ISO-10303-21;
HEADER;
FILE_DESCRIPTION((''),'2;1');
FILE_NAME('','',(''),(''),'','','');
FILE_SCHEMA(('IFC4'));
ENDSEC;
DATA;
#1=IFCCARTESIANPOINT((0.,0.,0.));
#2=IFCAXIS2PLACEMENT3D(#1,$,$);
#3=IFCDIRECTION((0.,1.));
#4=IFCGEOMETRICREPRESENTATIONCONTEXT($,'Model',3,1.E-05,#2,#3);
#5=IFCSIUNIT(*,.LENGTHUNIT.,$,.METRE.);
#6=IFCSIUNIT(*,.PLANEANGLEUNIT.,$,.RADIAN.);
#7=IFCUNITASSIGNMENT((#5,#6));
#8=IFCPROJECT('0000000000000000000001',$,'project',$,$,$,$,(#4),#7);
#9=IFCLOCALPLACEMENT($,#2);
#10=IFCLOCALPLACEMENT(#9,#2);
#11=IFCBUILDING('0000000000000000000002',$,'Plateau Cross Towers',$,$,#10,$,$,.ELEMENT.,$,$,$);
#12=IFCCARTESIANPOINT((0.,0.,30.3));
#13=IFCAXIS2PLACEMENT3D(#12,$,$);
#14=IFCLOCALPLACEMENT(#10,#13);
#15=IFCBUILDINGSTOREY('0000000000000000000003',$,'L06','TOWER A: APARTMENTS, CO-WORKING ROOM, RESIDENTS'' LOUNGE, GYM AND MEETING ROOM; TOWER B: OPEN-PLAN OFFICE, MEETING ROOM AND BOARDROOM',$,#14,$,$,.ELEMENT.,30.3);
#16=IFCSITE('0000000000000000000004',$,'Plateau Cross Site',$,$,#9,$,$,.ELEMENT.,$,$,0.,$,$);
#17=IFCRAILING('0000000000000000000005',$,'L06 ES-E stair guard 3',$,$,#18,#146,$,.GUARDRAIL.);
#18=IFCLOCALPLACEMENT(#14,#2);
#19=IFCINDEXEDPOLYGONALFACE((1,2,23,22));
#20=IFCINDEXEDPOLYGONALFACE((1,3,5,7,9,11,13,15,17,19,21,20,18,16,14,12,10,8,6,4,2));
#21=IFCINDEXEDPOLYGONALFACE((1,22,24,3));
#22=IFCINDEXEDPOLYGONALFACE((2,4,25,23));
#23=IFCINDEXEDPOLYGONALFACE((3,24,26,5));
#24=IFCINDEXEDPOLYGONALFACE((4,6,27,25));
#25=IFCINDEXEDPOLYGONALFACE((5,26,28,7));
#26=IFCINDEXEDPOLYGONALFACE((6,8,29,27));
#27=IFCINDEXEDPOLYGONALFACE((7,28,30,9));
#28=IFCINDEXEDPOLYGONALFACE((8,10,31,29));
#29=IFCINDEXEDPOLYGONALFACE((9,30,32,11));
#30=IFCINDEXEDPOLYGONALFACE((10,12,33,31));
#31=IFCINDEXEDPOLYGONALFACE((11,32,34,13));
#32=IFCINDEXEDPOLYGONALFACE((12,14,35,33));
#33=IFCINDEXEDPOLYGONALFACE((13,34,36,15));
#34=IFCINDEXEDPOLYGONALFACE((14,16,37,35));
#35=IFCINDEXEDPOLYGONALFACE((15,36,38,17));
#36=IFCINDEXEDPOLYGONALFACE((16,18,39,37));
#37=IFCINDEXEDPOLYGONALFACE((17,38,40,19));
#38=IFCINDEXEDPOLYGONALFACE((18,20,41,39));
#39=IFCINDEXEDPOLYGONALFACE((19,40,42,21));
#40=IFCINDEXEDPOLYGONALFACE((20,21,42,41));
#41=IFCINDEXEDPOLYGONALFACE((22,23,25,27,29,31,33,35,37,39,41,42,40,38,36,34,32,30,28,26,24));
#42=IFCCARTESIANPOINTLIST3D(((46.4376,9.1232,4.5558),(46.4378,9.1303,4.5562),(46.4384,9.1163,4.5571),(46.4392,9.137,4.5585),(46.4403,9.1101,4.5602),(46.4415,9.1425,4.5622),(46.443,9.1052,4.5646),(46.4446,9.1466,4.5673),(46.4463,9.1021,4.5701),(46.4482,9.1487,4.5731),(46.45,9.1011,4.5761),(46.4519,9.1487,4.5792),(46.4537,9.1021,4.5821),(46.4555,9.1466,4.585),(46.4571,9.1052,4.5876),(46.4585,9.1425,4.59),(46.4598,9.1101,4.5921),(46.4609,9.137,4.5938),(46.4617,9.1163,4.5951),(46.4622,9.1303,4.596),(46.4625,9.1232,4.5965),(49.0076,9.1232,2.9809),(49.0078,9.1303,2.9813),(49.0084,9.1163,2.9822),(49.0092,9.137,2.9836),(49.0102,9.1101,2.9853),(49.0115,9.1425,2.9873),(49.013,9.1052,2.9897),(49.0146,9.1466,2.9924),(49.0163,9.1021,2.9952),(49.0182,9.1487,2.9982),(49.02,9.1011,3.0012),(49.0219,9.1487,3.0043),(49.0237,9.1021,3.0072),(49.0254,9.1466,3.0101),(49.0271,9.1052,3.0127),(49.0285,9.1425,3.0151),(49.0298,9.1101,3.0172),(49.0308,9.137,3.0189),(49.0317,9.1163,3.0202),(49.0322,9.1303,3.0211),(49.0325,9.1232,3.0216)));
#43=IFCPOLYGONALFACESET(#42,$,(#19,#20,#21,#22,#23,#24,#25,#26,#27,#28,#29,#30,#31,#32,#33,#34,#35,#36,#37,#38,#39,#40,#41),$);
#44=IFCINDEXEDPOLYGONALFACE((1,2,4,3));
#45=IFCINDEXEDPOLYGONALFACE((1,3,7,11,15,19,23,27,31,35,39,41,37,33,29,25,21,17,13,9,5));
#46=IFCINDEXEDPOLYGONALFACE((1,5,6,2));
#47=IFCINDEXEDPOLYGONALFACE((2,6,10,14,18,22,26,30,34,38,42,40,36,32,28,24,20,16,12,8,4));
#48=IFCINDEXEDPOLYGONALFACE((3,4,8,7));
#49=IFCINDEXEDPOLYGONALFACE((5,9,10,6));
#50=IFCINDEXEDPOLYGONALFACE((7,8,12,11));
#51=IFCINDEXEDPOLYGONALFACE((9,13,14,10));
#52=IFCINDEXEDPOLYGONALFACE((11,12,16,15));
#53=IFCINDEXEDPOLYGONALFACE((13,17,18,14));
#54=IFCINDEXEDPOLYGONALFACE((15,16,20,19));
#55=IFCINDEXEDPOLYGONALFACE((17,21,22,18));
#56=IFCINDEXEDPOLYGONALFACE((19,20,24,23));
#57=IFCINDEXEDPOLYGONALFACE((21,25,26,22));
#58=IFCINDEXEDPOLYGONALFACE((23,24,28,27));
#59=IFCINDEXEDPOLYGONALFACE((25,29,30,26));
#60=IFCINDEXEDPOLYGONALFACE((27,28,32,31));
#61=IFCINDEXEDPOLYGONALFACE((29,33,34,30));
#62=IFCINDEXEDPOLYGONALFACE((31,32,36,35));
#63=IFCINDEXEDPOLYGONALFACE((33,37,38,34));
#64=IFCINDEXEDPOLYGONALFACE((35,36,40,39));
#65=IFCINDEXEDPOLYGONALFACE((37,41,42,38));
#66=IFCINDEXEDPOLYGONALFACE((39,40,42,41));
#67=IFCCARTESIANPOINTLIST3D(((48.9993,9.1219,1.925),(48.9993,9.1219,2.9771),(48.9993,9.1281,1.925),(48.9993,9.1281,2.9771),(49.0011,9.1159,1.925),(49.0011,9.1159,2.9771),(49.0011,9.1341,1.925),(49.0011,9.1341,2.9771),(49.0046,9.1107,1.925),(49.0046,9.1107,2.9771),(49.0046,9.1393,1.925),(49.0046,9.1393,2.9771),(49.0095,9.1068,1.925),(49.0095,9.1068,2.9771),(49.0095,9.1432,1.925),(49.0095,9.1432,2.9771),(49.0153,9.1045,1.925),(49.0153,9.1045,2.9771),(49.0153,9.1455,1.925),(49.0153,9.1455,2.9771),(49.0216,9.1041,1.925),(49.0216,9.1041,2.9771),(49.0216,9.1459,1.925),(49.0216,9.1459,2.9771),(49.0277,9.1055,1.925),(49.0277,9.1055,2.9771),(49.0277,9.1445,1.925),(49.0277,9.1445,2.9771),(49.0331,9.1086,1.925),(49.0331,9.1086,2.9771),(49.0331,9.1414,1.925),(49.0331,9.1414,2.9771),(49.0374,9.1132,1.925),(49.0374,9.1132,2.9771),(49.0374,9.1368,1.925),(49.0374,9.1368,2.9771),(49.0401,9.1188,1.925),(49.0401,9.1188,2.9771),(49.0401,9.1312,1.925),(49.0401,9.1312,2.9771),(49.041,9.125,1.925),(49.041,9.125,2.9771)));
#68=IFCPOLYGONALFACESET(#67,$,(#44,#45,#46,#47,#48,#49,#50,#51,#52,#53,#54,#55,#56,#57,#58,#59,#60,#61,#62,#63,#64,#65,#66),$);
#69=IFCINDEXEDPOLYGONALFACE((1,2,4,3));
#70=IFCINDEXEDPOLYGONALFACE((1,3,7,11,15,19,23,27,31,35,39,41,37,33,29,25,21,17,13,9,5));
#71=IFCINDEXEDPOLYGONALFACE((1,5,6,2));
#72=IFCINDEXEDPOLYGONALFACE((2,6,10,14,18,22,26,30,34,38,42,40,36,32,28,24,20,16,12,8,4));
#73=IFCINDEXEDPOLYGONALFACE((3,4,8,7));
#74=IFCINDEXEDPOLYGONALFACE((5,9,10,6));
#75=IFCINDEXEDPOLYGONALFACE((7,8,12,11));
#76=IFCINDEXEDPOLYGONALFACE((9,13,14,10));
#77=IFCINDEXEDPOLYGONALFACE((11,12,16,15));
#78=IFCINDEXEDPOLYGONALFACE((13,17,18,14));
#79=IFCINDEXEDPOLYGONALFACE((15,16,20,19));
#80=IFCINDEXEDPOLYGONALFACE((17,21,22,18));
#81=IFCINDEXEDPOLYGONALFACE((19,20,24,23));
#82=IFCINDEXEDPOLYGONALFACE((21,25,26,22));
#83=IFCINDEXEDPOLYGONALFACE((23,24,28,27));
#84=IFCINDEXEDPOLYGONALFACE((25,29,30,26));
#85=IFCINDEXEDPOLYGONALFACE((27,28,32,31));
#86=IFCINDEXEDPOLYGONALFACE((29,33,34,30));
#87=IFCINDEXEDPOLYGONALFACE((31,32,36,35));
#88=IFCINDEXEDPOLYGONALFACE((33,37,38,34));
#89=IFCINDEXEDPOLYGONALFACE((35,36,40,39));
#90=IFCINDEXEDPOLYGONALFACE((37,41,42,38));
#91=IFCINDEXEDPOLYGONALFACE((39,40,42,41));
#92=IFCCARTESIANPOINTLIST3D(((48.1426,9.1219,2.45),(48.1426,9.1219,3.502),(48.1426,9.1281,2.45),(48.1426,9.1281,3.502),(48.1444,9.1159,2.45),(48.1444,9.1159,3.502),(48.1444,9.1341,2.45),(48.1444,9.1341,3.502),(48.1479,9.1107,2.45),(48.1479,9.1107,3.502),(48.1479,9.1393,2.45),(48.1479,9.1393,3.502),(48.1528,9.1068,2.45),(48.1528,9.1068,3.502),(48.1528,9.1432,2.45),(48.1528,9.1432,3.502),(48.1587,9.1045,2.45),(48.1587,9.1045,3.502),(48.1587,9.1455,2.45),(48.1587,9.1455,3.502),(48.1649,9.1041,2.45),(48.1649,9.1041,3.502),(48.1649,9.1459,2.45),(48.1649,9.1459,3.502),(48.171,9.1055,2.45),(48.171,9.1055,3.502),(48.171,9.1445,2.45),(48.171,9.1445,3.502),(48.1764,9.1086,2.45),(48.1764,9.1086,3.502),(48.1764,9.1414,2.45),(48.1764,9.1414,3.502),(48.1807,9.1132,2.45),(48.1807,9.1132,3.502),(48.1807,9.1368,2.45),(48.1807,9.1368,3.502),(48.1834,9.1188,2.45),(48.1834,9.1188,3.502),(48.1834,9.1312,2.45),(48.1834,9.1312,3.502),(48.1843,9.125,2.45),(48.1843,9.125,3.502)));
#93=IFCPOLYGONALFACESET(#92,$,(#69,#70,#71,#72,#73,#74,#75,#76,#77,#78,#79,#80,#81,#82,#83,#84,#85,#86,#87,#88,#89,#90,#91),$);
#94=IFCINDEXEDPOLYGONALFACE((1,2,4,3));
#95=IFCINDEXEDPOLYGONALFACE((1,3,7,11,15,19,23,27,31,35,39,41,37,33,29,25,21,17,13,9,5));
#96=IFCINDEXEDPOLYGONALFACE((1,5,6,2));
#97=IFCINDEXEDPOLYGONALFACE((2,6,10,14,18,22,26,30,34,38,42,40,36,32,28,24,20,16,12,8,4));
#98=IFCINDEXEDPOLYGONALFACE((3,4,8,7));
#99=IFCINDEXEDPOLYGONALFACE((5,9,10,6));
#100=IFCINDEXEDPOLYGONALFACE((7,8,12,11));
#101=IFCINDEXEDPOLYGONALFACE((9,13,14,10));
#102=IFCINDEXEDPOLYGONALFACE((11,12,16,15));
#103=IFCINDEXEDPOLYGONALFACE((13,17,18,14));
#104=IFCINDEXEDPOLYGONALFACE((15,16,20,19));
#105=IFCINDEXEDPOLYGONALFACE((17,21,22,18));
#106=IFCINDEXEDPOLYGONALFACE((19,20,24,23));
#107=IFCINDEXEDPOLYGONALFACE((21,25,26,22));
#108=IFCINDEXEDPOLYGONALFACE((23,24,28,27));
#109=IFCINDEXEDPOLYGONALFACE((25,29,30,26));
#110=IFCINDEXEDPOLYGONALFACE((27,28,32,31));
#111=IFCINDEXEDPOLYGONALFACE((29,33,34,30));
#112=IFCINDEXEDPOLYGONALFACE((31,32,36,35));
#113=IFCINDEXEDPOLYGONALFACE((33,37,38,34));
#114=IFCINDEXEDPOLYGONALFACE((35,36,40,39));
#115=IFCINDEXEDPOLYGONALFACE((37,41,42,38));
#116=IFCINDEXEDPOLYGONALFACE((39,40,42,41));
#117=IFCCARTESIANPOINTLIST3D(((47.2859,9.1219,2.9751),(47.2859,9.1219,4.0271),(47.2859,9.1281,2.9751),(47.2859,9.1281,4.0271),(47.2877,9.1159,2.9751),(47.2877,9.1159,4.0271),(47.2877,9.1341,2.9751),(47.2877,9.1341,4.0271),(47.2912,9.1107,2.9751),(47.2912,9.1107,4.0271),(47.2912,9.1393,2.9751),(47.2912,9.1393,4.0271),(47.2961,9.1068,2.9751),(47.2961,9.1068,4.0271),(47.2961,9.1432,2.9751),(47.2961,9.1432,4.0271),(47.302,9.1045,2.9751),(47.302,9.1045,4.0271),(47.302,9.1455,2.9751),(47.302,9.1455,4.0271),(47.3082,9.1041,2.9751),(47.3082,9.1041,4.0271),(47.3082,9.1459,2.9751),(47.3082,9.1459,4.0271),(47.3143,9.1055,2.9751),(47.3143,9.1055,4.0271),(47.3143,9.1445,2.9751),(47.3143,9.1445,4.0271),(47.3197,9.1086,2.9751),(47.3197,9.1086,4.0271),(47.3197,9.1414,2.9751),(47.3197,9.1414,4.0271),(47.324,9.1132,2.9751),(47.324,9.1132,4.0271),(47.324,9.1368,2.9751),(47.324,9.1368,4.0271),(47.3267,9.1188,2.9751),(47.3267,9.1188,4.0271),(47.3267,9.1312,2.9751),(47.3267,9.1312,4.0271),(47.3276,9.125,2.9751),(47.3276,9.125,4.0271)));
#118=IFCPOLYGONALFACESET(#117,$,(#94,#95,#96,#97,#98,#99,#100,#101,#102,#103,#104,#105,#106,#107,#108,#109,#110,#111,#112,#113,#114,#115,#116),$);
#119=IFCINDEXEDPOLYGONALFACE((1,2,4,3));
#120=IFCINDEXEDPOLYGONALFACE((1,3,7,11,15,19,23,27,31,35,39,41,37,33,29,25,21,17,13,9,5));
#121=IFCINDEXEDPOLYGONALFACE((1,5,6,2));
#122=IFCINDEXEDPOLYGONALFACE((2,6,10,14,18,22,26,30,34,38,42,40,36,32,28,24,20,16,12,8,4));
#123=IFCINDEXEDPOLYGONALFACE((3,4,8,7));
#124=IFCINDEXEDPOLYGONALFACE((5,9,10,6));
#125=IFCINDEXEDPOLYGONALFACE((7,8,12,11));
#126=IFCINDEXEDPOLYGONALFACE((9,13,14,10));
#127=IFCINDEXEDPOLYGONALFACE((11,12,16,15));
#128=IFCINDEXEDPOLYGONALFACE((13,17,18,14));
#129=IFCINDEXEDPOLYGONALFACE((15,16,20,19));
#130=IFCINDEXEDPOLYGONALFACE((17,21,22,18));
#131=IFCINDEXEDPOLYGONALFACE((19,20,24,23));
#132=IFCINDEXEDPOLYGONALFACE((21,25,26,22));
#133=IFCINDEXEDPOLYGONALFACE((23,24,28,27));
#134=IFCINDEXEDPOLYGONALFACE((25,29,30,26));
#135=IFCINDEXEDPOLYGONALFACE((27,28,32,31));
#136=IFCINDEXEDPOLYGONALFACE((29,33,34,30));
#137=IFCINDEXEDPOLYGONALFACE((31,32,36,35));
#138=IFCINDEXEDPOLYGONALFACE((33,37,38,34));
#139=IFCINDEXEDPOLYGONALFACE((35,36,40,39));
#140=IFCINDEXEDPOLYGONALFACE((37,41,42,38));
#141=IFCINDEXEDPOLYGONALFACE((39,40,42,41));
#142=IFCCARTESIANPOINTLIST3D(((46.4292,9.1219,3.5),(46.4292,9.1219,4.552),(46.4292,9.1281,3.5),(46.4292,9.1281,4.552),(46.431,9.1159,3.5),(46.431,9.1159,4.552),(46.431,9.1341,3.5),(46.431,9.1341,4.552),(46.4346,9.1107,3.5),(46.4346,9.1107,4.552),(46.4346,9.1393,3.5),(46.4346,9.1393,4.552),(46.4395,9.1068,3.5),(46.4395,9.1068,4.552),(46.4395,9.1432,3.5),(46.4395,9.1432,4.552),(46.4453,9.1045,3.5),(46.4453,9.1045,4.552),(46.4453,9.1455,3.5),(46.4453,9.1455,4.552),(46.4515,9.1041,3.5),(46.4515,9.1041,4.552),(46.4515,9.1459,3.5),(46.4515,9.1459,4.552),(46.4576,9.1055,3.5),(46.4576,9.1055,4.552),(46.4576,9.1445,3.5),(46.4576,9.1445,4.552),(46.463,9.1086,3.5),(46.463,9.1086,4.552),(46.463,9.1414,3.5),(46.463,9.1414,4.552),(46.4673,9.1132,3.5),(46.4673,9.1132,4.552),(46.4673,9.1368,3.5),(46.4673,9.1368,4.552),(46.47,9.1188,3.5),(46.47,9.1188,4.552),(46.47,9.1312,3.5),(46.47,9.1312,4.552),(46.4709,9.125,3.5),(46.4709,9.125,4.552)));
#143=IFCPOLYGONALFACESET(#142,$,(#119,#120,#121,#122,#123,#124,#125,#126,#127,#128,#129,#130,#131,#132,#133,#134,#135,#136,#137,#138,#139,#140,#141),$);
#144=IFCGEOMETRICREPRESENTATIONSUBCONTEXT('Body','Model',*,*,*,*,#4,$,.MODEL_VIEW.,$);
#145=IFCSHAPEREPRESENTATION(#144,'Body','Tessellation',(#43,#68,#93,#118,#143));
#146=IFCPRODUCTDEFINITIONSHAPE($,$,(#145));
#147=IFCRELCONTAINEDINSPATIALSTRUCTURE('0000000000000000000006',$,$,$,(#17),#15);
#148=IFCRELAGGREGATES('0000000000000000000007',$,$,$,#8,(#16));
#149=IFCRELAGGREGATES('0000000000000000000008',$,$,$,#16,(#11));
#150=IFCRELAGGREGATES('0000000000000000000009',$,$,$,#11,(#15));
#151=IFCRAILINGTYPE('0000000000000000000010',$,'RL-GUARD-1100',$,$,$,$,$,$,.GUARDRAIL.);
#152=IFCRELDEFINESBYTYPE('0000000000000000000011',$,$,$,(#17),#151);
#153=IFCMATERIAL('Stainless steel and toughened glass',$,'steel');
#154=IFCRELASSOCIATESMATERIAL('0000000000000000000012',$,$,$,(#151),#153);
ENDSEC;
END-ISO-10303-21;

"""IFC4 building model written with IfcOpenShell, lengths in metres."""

from ifc_helpers import new_model, si_unit, direction, frame, origin, origin_2d, place, context, subcontext, project, spatial, circle, extrude, material, type_object, element, save


model = new_model("IFC4")

# Units and contexts
model_context = context("Model", 3, precision=1e-05, world=origin(), true_north=direction((0.0, 1.0)))
body_context = subcontext(model_context, "Body", "Model", "MODEL_VIEW")
ifc_project = project(units=[si_unit("LENGTHUNIT", "METRE"), si_unit("PLANEANGLEUNIT", "RADIAN")], contexts=[model_context])

# Site, building, storey
site_placement = place(None, origin())
site = spatial("IfcSite", under=ifc_project, at=site_placement, Name="Plateau Cross Site", CompositionType="ELEMENT", RefElevation=0.0)
building_placement = place(site_placement, origin())
building = spatial("IfcBuilding", under=site, at=building_placement, Name="Plateau Cross Towers", CompositionType="ELEMENT")
storey_placement = place(building_placement, frame((0.0, 0.0, 30.3)))
storey = spatial("IfcBuildingStorey", under=building, at=storey_placement, Name="L06", Description="TOWER A: APARTMENTS, CO-WORKING ROOM, RESIDENTS' LOUNGE, GYM AND MEETING ROOM; TOWER B: OPEN-PLAN OFFICE, MEETING ROOM AND BOARDROOM", CompositionType="ELEMENT", Elevation=30.3)

# Railing
ifc_material_1 = material(Name="Stainless steel and toughened glass", Category="steel")
railing_type_1 = type_object("IfcRailingType", Name="RL-GUARD-1100", PredefinedType="GUARDRAIL", material=ifc_material_1)
railing_1_placement = place(storey_placement, frame((49.02, 9.125, 1.925)))
element("IfcRailing", 1, at=railing_1_placement, inside=storey, type_object=railing_type_1, Name="L06 ES-E stair guard 3", PredefinedType="GUARDRAIL", context=body_context, shape_type="SweptSolid", body=[
    extrude(circle(Radius=0.0239, at=origin_2d()), frame((0.0, 0.0, 1.0762), z_axis=(-0.852639, 0.0, 0.522501), x_axis=(0.0, -1.0, 0.0)), (0.0, 0.0, 1.0), 3.0142),
    extrude(circle(Radius=0.021, at=origin_2d()), origin(), (0.0, 0.0, 1.0), 1.052),
    extrude(circle(Radius=0.021, at=origin_2d()), frame((-0.8567, 0.0, 0.5249)), (0.0, 0.0, 1.0), 1.052),
    extrude(circle(Radius=0.021, at=origin_2d()), frame((-1.7134, 0.0, 1.05)), (0.0, 0.0, 1.0), 1.052),
    extrude(circle(Radius=0.021, at=origin_2d()), frame((-2.5701, 0.0, 1.575)), (0.0, 0.0, 1.0), 1.052),
])

save(model, "model.ifc")
